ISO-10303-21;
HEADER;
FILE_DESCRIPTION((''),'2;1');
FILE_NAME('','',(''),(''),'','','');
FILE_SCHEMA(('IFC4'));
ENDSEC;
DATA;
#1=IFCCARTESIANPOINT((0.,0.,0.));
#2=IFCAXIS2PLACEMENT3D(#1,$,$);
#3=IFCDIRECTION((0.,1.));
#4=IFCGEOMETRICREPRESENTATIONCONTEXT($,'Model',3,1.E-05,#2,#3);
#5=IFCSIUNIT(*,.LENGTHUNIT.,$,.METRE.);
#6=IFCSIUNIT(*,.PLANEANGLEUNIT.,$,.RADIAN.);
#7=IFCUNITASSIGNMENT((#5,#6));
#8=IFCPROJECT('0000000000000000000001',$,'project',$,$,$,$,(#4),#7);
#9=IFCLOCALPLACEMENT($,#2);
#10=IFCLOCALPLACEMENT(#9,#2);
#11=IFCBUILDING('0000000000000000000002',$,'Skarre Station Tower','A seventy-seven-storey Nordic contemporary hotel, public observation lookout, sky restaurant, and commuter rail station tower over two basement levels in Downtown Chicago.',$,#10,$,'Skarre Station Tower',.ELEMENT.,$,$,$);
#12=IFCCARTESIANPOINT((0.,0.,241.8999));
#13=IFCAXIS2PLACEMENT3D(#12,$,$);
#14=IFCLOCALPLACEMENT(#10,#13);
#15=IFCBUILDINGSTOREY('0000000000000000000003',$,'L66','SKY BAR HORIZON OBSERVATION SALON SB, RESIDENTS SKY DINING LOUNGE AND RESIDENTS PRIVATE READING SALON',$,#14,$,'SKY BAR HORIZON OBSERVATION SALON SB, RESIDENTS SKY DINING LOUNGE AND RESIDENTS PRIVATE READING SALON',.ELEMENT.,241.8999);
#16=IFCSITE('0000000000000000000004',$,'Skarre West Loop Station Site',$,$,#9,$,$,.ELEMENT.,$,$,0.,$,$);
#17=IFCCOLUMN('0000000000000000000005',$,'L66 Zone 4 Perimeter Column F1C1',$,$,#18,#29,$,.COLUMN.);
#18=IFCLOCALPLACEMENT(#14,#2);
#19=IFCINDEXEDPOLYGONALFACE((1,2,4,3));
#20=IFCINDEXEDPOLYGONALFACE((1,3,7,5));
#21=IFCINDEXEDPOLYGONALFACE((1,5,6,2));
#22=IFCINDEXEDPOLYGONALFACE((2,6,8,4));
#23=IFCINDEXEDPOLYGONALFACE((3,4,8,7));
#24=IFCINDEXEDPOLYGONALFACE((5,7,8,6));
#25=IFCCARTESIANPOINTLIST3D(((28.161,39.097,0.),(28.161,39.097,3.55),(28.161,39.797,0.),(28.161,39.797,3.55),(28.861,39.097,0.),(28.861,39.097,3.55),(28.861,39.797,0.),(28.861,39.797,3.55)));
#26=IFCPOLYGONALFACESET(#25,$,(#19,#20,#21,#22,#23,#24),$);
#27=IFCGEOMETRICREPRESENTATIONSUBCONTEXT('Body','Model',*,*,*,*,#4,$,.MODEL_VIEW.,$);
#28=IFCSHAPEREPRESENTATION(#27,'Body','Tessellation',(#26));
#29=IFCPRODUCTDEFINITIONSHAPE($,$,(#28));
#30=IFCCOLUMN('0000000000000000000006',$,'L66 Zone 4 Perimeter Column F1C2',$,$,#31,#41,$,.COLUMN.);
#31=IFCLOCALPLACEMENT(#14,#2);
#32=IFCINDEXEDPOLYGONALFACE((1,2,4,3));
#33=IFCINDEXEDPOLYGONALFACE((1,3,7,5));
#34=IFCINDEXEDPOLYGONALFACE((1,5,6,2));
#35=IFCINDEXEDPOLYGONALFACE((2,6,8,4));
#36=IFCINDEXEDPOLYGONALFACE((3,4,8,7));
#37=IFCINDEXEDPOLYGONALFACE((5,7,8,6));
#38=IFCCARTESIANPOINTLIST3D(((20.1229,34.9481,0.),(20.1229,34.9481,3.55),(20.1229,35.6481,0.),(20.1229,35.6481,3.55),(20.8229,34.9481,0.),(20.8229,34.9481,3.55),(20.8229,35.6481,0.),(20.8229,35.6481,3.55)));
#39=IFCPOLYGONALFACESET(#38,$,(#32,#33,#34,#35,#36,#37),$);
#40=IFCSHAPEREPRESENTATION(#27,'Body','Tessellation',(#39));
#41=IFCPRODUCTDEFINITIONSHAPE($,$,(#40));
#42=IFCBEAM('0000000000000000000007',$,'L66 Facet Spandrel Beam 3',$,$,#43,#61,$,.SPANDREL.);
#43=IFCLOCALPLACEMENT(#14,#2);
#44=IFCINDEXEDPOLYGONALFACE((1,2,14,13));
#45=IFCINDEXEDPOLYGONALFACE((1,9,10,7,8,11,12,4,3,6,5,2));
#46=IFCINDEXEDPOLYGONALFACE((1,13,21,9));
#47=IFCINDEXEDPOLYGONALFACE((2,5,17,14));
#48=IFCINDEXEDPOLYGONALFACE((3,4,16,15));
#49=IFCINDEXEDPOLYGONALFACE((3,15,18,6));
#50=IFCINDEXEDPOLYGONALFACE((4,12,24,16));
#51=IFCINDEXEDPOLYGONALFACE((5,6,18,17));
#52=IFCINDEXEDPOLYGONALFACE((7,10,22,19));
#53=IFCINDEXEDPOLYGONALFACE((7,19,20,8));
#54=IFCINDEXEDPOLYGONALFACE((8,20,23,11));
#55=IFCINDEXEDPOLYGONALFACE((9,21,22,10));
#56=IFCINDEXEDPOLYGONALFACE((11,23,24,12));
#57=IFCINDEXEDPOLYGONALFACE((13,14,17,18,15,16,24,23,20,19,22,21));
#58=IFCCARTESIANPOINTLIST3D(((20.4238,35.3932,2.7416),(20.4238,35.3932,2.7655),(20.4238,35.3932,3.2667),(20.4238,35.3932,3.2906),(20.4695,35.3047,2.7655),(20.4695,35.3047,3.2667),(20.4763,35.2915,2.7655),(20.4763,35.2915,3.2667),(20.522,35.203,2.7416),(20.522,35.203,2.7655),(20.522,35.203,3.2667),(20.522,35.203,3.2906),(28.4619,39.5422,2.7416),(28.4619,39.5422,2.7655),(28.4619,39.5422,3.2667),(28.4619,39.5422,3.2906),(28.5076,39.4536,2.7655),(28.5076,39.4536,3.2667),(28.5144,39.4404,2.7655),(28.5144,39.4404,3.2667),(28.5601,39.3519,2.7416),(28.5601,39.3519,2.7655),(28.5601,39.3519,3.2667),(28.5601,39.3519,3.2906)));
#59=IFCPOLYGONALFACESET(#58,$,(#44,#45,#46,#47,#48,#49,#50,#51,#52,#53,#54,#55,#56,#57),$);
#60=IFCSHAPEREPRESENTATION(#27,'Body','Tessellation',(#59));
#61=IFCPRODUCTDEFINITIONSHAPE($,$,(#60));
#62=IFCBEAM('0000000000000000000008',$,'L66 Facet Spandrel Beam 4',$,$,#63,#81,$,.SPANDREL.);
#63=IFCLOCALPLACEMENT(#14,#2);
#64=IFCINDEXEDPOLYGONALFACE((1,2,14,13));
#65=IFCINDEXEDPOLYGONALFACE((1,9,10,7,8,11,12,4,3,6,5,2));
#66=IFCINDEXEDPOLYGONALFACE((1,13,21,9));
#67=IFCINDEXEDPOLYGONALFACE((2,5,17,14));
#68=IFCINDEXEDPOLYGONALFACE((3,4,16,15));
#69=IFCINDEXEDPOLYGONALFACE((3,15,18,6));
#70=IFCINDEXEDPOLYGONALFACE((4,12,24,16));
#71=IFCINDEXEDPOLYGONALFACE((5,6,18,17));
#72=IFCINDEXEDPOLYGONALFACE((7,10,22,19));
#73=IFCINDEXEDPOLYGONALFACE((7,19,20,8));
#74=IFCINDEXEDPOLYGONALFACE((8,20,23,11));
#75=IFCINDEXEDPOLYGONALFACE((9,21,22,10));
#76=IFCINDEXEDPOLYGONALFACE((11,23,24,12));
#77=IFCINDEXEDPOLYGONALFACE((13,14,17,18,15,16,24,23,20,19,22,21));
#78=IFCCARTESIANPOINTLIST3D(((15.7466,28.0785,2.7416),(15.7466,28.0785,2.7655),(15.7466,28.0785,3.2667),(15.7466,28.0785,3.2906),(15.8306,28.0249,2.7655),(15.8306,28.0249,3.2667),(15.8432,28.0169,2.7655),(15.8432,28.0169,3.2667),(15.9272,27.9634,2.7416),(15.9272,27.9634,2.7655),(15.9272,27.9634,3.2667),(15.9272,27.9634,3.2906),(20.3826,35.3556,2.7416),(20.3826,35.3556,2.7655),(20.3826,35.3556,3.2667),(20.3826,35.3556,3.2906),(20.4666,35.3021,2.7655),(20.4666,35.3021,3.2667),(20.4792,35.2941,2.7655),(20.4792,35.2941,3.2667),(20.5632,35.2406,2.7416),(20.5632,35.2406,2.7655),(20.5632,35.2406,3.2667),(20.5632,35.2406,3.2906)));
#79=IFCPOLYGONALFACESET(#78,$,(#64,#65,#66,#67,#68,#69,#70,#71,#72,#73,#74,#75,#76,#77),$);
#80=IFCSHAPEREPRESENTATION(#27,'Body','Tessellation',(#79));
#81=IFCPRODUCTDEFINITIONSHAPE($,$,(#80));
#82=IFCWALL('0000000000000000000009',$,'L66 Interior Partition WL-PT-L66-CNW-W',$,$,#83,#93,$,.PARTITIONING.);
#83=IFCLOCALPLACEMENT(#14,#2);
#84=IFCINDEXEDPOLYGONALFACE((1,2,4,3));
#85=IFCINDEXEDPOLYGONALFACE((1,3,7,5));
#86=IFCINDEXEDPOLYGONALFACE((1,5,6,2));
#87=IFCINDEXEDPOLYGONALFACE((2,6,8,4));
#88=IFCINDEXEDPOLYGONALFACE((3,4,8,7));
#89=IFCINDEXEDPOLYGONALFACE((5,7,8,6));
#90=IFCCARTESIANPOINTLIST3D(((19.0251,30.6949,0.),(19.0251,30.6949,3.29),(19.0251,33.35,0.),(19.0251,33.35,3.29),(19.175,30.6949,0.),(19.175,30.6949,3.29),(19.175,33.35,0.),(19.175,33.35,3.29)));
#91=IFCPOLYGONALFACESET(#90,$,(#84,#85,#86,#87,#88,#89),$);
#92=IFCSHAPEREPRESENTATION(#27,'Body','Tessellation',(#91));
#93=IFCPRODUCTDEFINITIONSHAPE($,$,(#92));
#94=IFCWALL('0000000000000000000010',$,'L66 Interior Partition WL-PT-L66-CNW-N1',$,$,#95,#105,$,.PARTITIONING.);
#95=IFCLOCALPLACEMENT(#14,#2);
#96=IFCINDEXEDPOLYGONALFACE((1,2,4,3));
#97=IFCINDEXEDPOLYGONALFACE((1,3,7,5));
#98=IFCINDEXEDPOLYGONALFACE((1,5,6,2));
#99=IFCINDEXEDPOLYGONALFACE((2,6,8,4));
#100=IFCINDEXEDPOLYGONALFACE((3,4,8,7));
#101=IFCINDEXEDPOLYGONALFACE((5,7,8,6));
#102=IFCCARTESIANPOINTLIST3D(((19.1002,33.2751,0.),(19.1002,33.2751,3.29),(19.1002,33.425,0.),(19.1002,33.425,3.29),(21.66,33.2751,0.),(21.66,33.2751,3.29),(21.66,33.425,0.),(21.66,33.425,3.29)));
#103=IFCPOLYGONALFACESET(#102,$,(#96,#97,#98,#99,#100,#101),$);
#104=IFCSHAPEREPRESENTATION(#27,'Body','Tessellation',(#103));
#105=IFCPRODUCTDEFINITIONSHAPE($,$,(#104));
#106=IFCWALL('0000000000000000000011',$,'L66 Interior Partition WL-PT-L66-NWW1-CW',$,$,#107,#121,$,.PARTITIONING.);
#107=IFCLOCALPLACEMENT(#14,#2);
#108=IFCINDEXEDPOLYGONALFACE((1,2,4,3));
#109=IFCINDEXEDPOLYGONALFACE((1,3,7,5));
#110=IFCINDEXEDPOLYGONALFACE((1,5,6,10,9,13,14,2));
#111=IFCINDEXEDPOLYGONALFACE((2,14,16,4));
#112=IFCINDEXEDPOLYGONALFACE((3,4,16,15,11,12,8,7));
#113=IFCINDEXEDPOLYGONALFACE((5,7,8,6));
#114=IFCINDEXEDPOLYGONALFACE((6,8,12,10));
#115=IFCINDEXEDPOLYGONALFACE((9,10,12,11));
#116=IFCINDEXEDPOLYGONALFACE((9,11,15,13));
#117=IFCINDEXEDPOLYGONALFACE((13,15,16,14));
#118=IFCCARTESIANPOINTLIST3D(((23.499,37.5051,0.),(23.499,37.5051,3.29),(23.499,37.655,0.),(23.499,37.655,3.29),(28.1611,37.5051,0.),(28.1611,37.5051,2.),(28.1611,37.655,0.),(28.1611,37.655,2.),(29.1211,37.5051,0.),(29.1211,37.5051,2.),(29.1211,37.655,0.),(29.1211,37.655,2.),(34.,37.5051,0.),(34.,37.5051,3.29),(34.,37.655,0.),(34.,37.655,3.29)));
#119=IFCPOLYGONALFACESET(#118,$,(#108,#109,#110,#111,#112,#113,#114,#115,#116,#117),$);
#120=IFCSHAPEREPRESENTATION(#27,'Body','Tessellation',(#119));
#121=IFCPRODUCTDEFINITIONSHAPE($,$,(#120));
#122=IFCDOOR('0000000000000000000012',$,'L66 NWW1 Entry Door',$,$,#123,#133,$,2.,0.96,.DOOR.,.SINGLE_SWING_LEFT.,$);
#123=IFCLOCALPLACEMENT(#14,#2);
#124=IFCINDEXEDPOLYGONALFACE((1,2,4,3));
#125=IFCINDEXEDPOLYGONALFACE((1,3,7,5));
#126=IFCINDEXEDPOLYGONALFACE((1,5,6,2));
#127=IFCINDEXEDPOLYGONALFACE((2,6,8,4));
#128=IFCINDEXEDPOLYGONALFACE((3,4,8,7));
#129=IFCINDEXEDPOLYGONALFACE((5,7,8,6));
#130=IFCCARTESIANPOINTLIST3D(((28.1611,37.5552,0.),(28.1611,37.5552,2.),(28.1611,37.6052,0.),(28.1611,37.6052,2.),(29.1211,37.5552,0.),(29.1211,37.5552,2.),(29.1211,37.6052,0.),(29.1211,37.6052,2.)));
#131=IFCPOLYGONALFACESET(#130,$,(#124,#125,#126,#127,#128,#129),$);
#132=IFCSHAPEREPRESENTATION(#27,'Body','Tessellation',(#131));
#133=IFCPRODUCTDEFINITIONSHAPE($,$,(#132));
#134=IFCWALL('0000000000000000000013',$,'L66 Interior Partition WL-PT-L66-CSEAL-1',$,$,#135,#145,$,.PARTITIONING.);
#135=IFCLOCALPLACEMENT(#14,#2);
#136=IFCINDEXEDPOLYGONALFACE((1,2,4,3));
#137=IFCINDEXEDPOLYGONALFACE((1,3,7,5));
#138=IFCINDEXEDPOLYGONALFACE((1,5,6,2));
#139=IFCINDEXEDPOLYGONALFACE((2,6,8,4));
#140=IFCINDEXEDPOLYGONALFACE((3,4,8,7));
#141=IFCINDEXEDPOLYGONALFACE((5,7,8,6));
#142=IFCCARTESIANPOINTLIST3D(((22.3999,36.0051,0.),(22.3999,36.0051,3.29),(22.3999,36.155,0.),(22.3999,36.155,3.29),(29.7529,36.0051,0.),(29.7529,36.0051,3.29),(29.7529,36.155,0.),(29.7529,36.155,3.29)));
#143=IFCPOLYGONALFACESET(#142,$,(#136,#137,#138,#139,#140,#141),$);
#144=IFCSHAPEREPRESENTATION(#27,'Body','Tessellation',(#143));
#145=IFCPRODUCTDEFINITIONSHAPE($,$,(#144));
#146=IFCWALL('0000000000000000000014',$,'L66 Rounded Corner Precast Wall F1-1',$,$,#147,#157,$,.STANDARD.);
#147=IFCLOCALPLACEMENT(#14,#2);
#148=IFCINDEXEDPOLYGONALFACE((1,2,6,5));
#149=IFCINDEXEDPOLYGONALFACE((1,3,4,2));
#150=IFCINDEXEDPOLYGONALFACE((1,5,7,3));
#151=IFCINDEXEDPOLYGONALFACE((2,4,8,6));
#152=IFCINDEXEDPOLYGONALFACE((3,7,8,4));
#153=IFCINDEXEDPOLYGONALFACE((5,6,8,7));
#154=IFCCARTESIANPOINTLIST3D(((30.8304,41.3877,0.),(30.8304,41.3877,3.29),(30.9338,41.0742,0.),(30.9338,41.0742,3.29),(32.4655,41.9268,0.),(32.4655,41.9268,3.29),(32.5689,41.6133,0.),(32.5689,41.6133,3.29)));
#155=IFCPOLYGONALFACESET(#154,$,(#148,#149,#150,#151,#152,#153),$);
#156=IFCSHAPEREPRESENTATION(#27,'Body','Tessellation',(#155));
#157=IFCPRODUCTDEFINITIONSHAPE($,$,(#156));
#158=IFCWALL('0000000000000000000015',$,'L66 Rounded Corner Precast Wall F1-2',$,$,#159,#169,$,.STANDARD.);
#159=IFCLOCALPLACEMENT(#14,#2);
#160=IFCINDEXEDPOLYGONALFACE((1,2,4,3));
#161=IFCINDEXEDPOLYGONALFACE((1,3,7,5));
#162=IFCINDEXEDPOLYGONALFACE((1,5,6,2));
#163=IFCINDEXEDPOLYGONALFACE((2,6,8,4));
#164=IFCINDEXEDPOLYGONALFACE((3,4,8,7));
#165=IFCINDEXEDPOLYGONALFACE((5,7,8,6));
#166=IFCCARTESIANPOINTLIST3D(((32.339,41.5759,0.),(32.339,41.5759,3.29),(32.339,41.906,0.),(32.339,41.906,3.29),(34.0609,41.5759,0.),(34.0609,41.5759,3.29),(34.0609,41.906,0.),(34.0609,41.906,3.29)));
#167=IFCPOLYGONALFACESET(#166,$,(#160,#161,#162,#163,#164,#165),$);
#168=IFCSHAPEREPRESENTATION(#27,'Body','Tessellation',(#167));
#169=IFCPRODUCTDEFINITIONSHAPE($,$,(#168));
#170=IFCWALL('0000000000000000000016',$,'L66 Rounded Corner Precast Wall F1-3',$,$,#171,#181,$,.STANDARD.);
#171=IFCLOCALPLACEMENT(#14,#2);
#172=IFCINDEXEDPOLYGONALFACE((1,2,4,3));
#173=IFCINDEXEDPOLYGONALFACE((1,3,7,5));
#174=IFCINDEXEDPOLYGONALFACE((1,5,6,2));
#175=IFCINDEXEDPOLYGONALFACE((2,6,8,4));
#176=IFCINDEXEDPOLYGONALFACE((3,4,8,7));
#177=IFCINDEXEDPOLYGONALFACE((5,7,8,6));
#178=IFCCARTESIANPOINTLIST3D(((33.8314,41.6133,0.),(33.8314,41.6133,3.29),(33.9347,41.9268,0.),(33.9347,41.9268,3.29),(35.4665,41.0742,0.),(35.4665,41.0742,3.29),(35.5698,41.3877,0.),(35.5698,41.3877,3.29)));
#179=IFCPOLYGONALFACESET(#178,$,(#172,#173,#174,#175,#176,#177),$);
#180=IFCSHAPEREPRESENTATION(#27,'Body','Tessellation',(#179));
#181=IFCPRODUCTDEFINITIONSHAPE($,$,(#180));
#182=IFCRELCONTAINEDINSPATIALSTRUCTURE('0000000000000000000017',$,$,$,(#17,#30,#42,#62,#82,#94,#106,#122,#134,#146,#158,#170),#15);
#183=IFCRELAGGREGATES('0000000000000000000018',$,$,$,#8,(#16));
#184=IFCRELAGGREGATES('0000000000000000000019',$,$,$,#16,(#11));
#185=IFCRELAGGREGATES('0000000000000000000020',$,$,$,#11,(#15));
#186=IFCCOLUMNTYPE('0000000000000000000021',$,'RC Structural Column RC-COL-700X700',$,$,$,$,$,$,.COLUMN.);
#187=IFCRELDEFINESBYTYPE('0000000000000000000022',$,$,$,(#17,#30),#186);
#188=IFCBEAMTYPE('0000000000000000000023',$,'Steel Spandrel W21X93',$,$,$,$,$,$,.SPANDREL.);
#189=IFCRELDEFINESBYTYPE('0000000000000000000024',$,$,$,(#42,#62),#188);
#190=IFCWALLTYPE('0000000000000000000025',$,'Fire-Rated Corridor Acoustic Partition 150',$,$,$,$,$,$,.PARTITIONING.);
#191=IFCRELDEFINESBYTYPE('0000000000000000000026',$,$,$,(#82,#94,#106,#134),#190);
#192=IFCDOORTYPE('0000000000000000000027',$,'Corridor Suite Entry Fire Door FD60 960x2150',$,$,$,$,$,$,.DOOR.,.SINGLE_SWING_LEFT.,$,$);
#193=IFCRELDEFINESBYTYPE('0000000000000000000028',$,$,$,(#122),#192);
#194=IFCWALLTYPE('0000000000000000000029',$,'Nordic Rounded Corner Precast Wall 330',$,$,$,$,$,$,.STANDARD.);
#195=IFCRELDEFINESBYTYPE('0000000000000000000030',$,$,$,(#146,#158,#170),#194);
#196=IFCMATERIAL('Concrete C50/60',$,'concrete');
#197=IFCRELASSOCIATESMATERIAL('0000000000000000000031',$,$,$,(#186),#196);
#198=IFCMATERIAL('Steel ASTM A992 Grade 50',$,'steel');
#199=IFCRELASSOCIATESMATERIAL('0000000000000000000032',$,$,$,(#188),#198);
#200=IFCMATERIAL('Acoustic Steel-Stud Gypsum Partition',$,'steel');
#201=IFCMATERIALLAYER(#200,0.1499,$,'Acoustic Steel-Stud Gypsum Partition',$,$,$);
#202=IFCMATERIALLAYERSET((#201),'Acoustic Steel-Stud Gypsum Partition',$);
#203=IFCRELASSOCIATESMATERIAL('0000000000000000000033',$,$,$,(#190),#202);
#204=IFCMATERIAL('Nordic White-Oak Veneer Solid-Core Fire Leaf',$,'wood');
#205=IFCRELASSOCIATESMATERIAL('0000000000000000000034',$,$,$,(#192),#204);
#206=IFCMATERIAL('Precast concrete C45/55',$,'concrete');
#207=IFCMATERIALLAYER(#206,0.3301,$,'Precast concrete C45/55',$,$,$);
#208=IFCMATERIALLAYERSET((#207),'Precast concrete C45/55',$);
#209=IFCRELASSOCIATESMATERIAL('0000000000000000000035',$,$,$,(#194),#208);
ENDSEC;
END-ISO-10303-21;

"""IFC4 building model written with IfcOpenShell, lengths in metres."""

from ifc_helpers import new_model, si_unit, direction, frame, frame_2d, origin, origin_2d, place, context, subcontext, project, spatial, rectangle, i_section, extrude, material, layer, layer_set, material_profile, profile_set, type_object, element, fill, save


model = new_model("IFC4")

# Units and contexts
model_context = context("Model", 3, precision=1e-05, world=origin(), true_north=direction((0.0, 1.0)))
body_context = subcontext(model_context, "Body", "Model", "MODEL_VIEW")
ifc_project = project(units=[si_unit("LENGTHUNIT", "METRE"), si_unit("PLANEANGLEUNIT", "RADIAN")], contexts=[model_context])

# Site, building, storey
site_placement = place(None, origin())
site = spatial("IfcSite", under=ifc_project, at=site_placement, Name="Skarre West Loop Station Site", CompositionType="ELEMENT", RefElevation=0.0)
building_placement = place(site_placement, origin())
building = spatial("IfcBuilding", under=site, at=building_placement, Name="Skarre Station Tower", Description="A seventy-seven-storey Nordic contemporary hotel, public observation lookout, sky restaurant, and commuter rail station tower over two basement levels in Downtown Chicago.", LongName="Skarre Station Tower", CompositionType="ELEMENT")
storey_placement = place(building_placement, frame((0.0, 0.0, 241.8999)))
storey = spatial("IfcBuildingStorey", under=building, at=storey_placement, Name="L66", Description="SKY BAR HORIZON OBSERVATION SALON SB, RESIDENTS SKY DINING LOUNGE AND RESIDENTS PRIVATE READING SALON", LongName="SKY BAR HORIZON OBSERVATION SALON SB, RESIDENTS SKY DINING LOUNGE AND RESIDENTS PRIVATE READING SALON", CompositionType="ELEMENT", Elevation=241.8999)

# Columns
ifc_material_1 = material(Name="Concrete C50/60", Category="concrete")
ifc_material_profile_1 = material_profile(ifc_material_1, rectangle(XDim=0.7, YDim=0.7, at=origin_2d()), Name="Concrete C50/60")
ifc_profile_set_1 = profile_set([ifc_material_profile_1], Name="Concrete C50/60")
column_type = type_object("IfcColumnType", Name="RC Structural Column RC-COL-700X700", PredefinedType="COLUMN", material=ifc_profile_set_1)
for number, where, z_axis, x_axis, name in (
    (1, (28.511, 39.447, 0.0), (0.0, 0.0, 1.0), (1.0, 0.0, 0.0), "L66 Zone 4 Perimeter Column F1C1"),
    (2, (20.4729, 35.2981, 0.0), (0.0, 0.0, 1.0), (1.0, 0.0, 0.0), "L66 Zone 4 Perimeter Column F1C2"),
):
    element("IfcColumn", number, at=place(storey_placement, frame(where, z_axis=z_axis, x_axis=x_axis)), inside=storey, type_object=column_type, Name=name, PredefinedType="COLUMN", context=body_context, shape_type="SweptSolid", body=[
        extrude(rectangle(XDim=0.7, YDim=0.7, at=origin_2d()), origin(), (0.0, 0.0, 1.0), 3.55),
    ])

# Beams
ifc_material_2 = material(Name="Steel ASTM A992 Grade 50", Category="steel")
ifc_material_profile_2 = material_profile(ifc_material_2, i_section(OverallWidth=0.2141, OverallDepth=0.5491, WebThickness=0.0149, FlangeThickness=0.0239, at=origin_2d()), Name="Steel ASTM A992 Grade 50")
ifc_profile_set_2 = profile_set([ifc_material_profile_2], Name="Steel ASTM A992 Grade 50")
beam_type = type_object("IfcBeamType", Name="Steel Spandrel W21X93", PredefinedType="SPANDREL", material=ifc_profile_set_2)
beam_1_placement = place(storey_placement, frame((28.511, 39.447, 3.0161), z_axis=(-0.88861, -0.458664, 0.0), x_axis=(0.458664, -0.88861, 0.0)))
element("IfcBeam", 3, at=beam_1_placement, inside=storey, type_object=beam_type, Name="L66 Facet Spandrel Beam 3", PredefinedType="SPANDREL", context=body_context, shape_type="SweptSolid", body=[
    extrude(i_section(OverallWidth=0.2141, OverallDepth=0.5491, WebThickness=0.0149, FlangeThickness=0.0239, at=origin_2d()), origin(), (0.0, 0.0, 1.0), 9.0457),
])
beam_2_placement = place(storey_placement, frame((20.4729, 35.2981, 3.0161), z_axis=(-0.537297, -0.843393, 0.0), x_axis=(0.843393, -0.537297, 0.0)))
element("IfcBeam", 4, at=beam_2_placement, inside=storey, type_object=beam_type, Name="L66 Facet Spandrel Beam 4", PredefinedType="SPANDREL", context=body_context, shape_type="SweptSolid", body=[
    extrude(i_section(OverallWidth=0.2141, OverallDepth=0.5491, WebThickness=0.0149, FlangeThickness=0.0239, at=origin_2d()), origin(), (0.0, 0.0, 1.0), 8.6284),
])

# Walls
ifc_material_3 = material(Name="Acoustic Steel-Stud Gypsum Partition", Category="steel")
ifc_layer_1 = layer(ifc_material_3, 0.1499, Name="Acoustic Steel-Stud Gypsum Partition")
ifc_layer_set_1 = layer_set([ifc_layer_1], Name="Acoustic Steel-Stud Gypsum Partition")
wall_type_1 = type_object("IfcWallType", Name="Fire-Rated Corridor Acoustic Partition 150", PredefinedType="PARTITIONING", material=ifc_layer_set_1)
wall_1_placement = place(storey_placement, frame((19.1001, 33.3501, 0.0), z_axis=(0.0, 0.0, 1.0), x_axis=(0.0, -1.0, 0.0)))
element("IfcWall", 5, at=wall_1_placement, inside=storey, type_object=wall_type_1, Name="L66 Interior Partition WL-PT-L66-CNW-W", PredefinedType="PARTITIONING", context=body_context, shape_type="SweptSolid", body=[
    extrude(rectangle(XDim=2.655, YDim=0.1499, at=frame_2d((1.3276, 0.0))), origin(), (0.0, 0.0, 1.0), 3.29),
])
wall_2_placement = place(storey_placement, frame((21.6599, 33.3501, 0.0), z_axis=(0.0, 0.0, 1.0), x_axis=(-1.0, 0.0, 0.0)))
element("IfcWall", 6, at=wall_2_placement, inside=storey, type_object=wall_type_1, Name="L66 Interior Partition WL-PT-L66-CNW-N1", PredefinedType="PARTITIONING", context=body_context, shape_type="SweptSolid", body=[
    extrude(rectangle(XDim=2.5598, YDim=0.1499, at=frame_2d((1.2798, 0.0))), origin(), (0.0, 0.0, 1.0), 3.29),
])

# Wall, opening, door
wall_3_placement = place(storey_placement, frame((34.0, 37.5801, 0.0), z_axis=(0.0, 0.0, 1.0), x_axis=(-1.0, 0.0, 0.0)))
wall_3 = element("IfcWall", 7, at=wall_3_placement, inside=storey, type_object=wall_type_1, Name="L66 Interior Partition WL-PT-L66-NWW1-CW", PredefinedType="PARTITIONING", context=body_context, shape_type="SweptSolid", body=[
    extrude(rectangle(XDim=10.501, YDim=0.1499, at=frame_2d((5.2505, 0.0))), origin(), (0.0, 0.0, 1.0), 3.29),
])
opening_1_placement = place(wall_3_placement, frame((4.8789, 0.0, 0.0)))
opening_1 = element("IfcOpeningElement", 8, at=opening_1_placement, cuts=wall_3, PredefinedType="OPENING", context=body_context, shape_type="SweptSolid", body=[
    extrude(rectangle(XDim=0.96, YDim=2.0, at=frame_2d((0.48, 1.0))), frame((0.0, 0.085, 0.0), z_axis=(0.0, -1.0, 0.0), x_axis=(1.0, 0.0, 0.0)), (0.0, 0.0, 1.0), 0.1699),
])
ifc_material_4 = material(Name="Nordic White-Oak Veneer Solid-Core Fire Leaf", Category="wood")
door_type = type_object("IfcDoorType", Name="Corridor Suite Entry Fire Door FD60 960x2150", OperationType="SINGLE_SWING_LEFT", PredefinedType="DOOR", material=ifc_material_4)
door_placement = place(opening_1_placement, origin())
door = element("IfcDoor", 9, at=door_placement, inside=storey, type_object=door_type, Name="L66 NWW1 Entry Door", OperationType="SINGLE_SWING_LEFT", OverallHeight=2.0, OverallWidth=0.96, PredefinedType="DOOR", context=body_context, shape_type="SweptSolid", body=[
    extrude(rectangle(XDim=0.96, YDim=2.0, at=frame_2d((0.48, 1.0))), frame((0.0, 0.0249, 0.0), z_axis=(0.0, -1.0, 0.0), x_axis=(1.0, 0.0, 0.0)), (0.0, 0.0, 1.0), 0.05),
])
fill(opening_1, door)

# Walls
wall_4_placement = place(storey_placement, frame((29.7529, 36.0801, 0.0), z_axis=(0.0, 0.0, 1.0), x_axis=(-1.0, 0.0, 0.0)))
element("IfcWall", 10, at=wall_4_placement, inside=storey, type_object=wall_type_1, Name="L66 Interior Partition WL-PT-L66-CSEAL-1", PredefinedType="PARTITIONING", context=body_context, shape_type="SweptSolid", body=[
    extrude(rectangle(XDim=7.353, YDim=0.1499, at=frame_2d((3.6765, 0.0))), origin(), (0.0, 0.0, 1.0), 3.29),
])
ifc_material_5 = material(Name="Precast concrete C45/55", Category="concrete")
ifc_layer_2 = layer(ifc_material_5, 0.3301, Name="Precast concrete C45/55")
ifc_layer_set_2 = layer_set([ifc_layer_2], Name="Precast concrete C45/55")
wall_type_2 = type_object("IfcWallType", Name="Nordic Rounded Corner Precast Wall 330", PredefinedType="STANDARD", material=ifc_layer_set_2)
wall_5_placement = place(storey_placement, frame((30.8821, 41.231, 0.0), z_axis=(0.0, 0.0, 1.0), x_axis=(0.949713, 0.31312, 0.0)))
element("IfcWall", 11, at=wall_5_placement, inside=storey, type_object=wall_type_2, Name="L66 Rounded Corner Precast Wall F1-1", PredefinedType="STANDARD", context=body_context, shape_type="SweptSolid", body=[
    extrude(rectangle(XDim=1.7217, YDim=0.3301, at=frame_2d((0.8608, 0.0))), origin(), (0.0, 0.0, 1.0), 3.29),
])
wall_6_placement = place(storey_placement, frame((32.3391, 41.741, 0.0), z_axis=(0.0, 0.0, 1.0), x_axis=(1.0, 0.0, 0.0)))
element("IfcWall", 12, at=wall_6_placement, inside=storey, type_object=wall_type_2, Name="L66 Rounded Corner Precast Wall F1-2", PredefinedType="STANDARD", context=body_context, shape_type="SweptSolid", body=[
    extrude(rectangle(XDim=1.7219, YDim=0.3301, at=frame_2d((0.8608, 0.0))), origin(), (0.0, 0.0, 1.0), 3.29),
])
wall_7_placement = place(storey_placement, frame((33.8831, 41.77, 0.0), z_axis=(0.0, 0.0, 1.0), x_axis=(0.949713, -0.31312, 0.0)))
element("IfcWall", 13, at=wall_7_placement, inside=storey, type_object=wall_type_2, Name="L66 Rounded Corner Precast Wall F1-3", PredefinedType="STANDARD", context=body_context, shape_type="SweptSolid", body=[
    extrude(rectangle(XDim=1.7217, YDim=0.3301, at=frame_2d((0.8608, 0.0))), origin(), (0.0, 0.0, 1.0), 3.29),
])

save(model, "model.ifc")
